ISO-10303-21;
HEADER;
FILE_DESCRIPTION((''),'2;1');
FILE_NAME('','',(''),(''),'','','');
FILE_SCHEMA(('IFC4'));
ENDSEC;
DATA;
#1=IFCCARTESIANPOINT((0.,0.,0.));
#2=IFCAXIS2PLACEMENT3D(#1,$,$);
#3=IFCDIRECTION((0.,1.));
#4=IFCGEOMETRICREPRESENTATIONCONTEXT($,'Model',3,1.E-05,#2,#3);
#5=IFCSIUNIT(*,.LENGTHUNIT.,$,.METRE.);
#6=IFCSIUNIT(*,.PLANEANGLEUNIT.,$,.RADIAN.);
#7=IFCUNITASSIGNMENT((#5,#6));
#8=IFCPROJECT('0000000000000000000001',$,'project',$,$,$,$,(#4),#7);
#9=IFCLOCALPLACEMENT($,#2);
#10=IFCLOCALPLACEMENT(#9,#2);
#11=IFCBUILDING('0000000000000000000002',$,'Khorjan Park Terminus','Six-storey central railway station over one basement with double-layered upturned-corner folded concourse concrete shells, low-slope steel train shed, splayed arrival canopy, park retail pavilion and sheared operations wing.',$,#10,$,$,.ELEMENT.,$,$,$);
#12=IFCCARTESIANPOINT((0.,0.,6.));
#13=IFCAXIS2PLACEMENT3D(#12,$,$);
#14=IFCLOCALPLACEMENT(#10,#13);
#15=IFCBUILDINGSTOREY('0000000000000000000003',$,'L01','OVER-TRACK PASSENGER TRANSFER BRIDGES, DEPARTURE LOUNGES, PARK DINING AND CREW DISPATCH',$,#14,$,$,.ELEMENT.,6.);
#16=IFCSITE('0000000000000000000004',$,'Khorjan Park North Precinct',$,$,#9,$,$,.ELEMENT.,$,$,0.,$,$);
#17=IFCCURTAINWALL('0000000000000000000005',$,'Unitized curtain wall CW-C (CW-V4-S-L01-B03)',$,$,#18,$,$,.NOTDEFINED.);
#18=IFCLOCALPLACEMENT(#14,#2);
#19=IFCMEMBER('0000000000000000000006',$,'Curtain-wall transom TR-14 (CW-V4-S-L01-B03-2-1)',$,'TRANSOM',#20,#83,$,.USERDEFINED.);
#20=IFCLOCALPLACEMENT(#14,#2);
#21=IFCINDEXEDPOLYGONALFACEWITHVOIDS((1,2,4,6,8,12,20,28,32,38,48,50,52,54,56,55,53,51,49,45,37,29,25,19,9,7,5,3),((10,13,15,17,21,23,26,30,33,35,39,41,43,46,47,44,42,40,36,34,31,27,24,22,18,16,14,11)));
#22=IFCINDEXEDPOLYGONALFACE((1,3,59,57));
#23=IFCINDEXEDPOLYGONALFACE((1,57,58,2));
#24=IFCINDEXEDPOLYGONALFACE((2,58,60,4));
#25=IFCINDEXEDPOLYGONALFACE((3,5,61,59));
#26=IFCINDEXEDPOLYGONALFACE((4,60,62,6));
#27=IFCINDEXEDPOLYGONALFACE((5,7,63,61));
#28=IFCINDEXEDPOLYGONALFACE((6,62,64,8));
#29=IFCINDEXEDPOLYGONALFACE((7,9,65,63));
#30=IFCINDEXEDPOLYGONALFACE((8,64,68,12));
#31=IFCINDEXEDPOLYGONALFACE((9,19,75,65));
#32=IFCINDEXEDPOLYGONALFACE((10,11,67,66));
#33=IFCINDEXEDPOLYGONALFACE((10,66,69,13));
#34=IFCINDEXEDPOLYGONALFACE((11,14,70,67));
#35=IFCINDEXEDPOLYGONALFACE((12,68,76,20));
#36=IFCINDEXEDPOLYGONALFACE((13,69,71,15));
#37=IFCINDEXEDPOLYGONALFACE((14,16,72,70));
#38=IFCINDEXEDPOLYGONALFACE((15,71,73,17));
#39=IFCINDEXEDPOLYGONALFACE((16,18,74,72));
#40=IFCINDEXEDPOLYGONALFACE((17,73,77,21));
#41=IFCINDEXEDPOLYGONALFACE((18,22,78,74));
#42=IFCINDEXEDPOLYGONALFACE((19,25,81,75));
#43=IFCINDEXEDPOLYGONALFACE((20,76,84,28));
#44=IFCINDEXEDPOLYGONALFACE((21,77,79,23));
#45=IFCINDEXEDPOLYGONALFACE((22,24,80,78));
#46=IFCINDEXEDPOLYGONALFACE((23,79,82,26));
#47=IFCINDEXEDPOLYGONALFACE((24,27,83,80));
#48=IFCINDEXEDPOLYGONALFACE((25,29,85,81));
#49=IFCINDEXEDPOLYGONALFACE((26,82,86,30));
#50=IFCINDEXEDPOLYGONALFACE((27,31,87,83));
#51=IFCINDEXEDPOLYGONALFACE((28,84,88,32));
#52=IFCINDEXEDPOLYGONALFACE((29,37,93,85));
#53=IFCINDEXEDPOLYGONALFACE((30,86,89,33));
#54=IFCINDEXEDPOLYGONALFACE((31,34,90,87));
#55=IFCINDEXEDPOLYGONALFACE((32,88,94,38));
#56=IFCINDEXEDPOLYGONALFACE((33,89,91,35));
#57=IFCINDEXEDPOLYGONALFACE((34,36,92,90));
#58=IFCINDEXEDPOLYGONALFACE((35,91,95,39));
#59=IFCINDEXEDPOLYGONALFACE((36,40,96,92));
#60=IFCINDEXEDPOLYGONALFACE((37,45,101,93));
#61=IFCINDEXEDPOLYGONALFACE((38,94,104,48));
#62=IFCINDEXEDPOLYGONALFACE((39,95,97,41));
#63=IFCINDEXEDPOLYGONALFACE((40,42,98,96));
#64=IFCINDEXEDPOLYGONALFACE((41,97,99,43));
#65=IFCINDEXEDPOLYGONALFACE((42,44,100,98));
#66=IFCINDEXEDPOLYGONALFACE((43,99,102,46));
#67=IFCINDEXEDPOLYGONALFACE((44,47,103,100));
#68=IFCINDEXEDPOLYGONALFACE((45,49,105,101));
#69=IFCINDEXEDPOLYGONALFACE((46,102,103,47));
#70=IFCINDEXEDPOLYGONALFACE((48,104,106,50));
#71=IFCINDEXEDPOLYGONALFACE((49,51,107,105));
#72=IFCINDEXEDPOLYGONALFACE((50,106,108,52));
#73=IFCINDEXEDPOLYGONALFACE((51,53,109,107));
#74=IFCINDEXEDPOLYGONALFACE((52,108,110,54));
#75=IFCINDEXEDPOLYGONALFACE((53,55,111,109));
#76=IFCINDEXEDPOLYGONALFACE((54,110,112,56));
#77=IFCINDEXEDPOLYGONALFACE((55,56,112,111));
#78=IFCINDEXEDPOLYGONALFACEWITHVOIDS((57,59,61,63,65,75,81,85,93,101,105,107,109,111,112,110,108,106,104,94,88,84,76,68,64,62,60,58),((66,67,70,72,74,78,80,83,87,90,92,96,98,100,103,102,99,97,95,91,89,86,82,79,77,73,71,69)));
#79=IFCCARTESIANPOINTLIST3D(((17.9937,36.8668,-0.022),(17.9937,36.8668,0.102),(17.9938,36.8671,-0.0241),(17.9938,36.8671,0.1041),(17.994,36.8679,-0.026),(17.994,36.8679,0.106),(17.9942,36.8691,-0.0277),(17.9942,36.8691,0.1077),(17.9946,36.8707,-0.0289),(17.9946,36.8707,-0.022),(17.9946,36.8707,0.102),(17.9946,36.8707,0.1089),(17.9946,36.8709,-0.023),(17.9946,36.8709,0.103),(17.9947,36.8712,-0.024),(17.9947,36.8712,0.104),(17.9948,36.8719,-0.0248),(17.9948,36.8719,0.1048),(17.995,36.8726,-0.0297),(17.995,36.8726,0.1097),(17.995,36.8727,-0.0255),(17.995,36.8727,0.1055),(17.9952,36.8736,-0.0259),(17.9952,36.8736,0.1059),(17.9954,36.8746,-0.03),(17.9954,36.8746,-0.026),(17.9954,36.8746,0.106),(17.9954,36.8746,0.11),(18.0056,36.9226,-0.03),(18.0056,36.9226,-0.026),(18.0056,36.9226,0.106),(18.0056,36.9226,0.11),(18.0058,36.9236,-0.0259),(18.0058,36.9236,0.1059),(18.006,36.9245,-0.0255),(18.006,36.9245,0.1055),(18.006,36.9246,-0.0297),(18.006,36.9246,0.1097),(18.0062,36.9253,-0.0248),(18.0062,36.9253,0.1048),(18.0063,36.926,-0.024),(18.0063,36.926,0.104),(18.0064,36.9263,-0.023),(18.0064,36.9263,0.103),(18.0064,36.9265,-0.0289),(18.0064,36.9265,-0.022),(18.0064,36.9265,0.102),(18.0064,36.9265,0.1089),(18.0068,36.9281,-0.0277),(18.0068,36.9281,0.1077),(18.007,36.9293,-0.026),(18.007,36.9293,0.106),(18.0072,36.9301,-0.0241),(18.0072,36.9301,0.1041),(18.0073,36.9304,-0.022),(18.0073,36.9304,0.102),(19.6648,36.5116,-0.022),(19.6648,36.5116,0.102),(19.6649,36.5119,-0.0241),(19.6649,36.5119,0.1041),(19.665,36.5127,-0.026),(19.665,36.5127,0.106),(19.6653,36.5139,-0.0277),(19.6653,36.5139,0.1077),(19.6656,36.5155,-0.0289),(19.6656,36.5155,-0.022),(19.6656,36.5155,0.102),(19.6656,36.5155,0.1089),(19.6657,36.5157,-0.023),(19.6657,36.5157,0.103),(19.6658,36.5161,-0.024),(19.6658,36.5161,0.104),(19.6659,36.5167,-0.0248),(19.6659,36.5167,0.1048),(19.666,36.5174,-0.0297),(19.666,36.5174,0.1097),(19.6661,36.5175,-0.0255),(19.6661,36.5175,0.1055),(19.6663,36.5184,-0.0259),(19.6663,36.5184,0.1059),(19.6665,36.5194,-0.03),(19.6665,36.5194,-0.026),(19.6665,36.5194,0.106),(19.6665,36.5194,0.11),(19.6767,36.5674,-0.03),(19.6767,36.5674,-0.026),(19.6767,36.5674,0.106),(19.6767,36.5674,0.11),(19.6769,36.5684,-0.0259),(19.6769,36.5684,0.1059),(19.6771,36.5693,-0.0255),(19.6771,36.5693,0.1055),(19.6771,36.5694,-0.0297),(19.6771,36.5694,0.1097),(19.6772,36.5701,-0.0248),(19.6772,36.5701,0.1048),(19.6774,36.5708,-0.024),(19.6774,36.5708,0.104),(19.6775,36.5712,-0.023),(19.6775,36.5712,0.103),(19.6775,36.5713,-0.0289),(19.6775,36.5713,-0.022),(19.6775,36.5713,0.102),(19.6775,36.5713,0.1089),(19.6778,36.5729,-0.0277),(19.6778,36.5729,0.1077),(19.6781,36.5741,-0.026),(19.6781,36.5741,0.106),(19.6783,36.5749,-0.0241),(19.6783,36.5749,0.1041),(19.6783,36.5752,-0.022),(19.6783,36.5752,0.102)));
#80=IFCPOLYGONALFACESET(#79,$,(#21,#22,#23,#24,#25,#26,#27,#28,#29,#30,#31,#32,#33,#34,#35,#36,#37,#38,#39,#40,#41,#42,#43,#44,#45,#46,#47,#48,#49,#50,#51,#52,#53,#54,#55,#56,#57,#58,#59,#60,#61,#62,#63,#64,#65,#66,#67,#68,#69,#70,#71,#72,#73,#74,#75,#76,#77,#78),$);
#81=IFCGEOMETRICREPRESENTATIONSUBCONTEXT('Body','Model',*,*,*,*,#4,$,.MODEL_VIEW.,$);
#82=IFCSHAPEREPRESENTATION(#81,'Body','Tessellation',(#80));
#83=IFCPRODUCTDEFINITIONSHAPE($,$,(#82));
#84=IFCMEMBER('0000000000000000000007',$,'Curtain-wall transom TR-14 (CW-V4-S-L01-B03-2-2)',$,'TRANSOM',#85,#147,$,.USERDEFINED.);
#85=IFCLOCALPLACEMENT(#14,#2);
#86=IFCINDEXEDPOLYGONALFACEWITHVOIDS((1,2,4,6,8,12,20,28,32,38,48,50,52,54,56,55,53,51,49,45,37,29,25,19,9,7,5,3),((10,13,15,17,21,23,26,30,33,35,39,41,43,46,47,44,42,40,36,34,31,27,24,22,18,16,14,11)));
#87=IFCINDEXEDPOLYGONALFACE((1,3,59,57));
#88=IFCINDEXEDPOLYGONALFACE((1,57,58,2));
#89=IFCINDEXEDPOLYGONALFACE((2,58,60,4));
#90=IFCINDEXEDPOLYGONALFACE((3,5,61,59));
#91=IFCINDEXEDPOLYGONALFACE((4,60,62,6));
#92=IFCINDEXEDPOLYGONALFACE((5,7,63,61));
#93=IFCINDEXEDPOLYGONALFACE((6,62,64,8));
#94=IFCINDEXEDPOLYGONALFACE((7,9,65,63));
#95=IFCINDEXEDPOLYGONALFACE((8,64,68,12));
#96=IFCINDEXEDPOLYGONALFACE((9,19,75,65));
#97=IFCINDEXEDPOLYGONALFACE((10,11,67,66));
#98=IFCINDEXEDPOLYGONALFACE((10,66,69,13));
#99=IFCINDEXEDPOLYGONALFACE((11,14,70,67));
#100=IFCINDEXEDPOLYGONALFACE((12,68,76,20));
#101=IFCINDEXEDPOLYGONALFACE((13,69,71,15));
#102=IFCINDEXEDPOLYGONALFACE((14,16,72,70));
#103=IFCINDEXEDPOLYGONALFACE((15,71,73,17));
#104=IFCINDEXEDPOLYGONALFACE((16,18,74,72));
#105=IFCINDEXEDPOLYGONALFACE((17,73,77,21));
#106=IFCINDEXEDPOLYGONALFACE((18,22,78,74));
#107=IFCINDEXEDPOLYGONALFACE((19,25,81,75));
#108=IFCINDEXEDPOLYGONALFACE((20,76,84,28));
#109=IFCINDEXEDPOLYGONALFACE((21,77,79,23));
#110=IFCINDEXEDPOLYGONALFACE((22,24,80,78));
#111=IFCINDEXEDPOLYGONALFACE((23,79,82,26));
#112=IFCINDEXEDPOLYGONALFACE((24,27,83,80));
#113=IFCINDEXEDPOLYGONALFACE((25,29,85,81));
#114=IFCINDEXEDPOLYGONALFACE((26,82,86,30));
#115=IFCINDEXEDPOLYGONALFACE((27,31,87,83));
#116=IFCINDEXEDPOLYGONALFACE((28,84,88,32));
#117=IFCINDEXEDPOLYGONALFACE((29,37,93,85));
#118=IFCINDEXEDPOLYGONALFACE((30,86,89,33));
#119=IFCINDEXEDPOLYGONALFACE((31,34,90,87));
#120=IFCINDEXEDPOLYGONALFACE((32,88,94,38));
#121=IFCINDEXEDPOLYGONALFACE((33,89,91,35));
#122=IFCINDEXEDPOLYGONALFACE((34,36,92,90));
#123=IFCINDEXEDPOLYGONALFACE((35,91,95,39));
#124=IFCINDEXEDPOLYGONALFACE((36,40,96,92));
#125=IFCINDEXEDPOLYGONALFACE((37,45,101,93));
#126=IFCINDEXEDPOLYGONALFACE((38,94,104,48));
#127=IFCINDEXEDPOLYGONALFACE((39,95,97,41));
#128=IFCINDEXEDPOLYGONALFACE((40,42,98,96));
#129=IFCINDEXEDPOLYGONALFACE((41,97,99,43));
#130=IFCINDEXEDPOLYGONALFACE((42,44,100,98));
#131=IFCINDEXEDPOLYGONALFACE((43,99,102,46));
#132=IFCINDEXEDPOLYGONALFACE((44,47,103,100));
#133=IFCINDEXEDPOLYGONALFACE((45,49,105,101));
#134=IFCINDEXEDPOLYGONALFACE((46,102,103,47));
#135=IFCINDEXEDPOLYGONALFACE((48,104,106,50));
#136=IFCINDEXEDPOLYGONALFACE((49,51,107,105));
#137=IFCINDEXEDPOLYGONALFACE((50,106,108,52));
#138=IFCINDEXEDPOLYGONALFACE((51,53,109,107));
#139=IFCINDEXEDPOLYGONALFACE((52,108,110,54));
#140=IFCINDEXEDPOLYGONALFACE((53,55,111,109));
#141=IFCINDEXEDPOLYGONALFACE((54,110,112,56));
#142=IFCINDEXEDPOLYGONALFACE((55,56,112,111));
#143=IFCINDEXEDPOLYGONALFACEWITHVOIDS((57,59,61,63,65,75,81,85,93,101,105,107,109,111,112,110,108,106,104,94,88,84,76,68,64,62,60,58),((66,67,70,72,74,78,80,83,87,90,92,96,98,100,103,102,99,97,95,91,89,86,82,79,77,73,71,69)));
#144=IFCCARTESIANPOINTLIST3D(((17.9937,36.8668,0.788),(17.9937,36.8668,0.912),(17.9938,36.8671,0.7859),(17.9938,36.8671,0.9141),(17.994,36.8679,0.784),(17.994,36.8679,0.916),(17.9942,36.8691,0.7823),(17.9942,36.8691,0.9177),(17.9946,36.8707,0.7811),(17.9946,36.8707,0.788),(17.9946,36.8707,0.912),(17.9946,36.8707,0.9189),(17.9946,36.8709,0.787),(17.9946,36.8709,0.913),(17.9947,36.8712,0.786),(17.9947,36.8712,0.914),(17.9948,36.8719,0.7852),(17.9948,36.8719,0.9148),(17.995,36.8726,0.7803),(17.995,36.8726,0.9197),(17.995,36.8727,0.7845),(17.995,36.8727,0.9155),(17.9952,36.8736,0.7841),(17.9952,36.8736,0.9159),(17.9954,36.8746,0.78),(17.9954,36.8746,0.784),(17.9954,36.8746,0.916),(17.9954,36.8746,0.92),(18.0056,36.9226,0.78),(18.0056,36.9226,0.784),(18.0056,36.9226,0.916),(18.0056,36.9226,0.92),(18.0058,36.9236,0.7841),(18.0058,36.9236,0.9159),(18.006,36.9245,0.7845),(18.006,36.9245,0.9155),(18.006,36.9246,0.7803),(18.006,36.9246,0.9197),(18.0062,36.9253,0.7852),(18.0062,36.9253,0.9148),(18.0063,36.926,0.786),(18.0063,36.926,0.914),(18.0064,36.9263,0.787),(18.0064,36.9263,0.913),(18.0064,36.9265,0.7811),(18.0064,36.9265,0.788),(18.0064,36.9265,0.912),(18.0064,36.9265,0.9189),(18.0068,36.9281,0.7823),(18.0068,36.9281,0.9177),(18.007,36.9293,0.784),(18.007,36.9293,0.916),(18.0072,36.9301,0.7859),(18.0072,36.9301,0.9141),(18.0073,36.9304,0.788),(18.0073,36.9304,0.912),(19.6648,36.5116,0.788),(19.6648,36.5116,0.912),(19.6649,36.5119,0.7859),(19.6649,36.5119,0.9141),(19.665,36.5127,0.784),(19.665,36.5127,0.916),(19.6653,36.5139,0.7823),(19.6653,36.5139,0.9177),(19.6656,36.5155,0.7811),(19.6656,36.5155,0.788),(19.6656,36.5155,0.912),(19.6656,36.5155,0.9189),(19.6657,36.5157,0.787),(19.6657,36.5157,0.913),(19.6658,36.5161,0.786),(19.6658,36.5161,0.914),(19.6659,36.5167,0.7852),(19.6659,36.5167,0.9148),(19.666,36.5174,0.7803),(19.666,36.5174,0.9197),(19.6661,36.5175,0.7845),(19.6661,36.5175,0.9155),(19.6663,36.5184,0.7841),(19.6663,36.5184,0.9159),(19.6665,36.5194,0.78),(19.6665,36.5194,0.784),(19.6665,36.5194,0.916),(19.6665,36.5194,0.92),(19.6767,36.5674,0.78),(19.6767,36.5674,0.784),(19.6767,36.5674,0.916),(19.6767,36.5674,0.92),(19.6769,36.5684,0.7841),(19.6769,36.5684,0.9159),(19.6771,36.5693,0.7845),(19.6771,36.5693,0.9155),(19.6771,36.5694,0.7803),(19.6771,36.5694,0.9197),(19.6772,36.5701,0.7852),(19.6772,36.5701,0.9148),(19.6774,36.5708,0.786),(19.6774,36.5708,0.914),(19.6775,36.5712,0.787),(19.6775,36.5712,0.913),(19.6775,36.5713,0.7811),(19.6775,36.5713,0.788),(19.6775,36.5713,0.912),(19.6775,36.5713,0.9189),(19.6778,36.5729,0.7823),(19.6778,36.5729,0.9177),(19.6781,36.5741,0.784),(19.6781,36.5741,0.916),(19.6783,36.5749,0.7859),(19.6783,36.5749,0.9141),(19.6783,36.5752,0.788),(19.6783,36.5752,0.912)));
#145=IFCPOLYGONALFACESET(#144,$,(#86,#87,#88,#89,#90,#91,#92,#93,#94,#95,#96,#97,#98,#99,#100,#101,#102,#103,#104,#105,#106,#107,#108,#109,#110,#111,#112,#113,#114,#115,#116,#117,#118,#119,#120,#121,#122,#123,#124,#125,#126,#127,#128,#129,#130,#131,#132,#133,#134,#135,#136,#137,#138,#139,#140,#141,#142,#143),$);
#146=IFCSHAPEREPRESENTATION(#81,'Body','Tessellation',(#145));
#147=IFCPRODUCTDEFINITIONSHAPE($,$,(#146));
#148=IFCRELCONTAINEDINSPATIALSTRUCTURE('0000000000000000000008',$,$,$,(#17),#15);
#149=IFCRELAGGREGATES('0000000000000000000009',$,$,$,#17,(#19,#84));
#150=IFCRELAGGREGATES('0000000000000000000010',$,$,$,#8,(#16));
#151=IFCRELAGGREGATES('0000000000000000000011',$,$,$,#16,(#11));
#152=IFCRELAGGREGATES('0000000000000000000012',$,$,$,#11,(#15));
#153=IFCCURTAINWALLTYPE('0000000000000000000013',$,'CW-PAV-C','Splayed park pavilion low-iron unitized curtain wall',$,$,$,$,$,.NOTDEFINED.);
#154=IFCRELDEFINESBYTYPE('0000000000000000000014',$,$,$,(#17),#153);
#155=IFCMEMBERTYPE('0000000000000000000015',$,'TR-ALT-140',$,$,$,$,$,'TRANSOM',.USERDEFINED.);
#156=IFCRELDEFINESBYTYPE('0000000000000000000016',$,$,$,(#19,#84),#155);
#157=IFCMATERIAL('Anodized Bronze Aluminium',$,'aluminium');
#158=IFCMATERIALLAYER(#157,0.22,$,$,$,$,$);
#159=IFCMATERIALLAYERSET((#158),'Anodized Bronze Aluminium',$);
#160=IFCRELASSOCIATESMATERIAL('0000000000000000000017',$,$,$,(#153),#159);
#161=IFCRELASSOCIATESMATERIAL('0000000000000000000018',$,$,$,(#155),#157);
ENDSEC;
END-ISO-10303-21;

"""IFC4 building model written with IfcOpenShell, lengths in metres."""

from ifc_helpers import new_model, si_unit, direction, frame, origin, origin_2d, place, context, subcontext, project, spatial, hollow_rectangle, extrude, material, layer, layer_set, material_profile, profile_set, type_object, element, aggregate, save


model = new_model("IFC4")

# Units and contexts
model_context = context("Model", 3, precision=1e-05, world=origin(), true_north=direction((0.0, 1.0)))
body_context = subcontext(model_context, "Body", "Model", "MODEL_VIEW")
ifc_project = project(units=[si_unit("LENGTHUNIT", "METRE"), si_unit("PLANEANGLEUNIT", "RADIAN")], contexts=[model_context])

# Site, building, storey
site_placement = place(None, origin())
site = spatial("IfcSite", under=ifc_project, at=site_placement, Name="Khorjan Park North Precinct", CompositionType="ELEMENT", RefElevation=0.0)
building_placement = place(site_placement, origin())
building = spatial("IfcBuilding", under=site, at=building_placement, Name="Khorjan Park Terminus", Description="Six-storey central railway station over one basement with double-layered upturned-corner folded concourse concrete shells, low-slope steel train shed, splayed arrival canopy, park retail pavilion and sheared operations wing.", CompositionType="ELEMENT")
storey_placement = place(building_placement, frame((0.0, 0.0, 6.0)))
storey = spatial("IfcBuildingStorey", under=building, at=storey_placement, Name="L01", Description="OVER-TRACK PASSENGER TRANSFER BRIDGES, DEPARTURE LOUNGES, PARK DINING AND CREW DISPATCH", CompositionType="ELEMENT", Elevation=6.0)

# Curtain wall
ifc_material_1 = material(Name="Anodized Bronze Aluminium", Category="aluminium")
ifc_layer_1 = layer(ifc_material_1, 0.22)
ifc_layer_set_1 = layer_set([ifc_layer_1], Name="Anodized Bronze Aluminium")
curtain_wall_type = type_object("IfcCurtainWallType", Name="CW-PAV-C", Description="Splayed park pavilion low-iron unitized curtain wall", PredefinedType="NOTDEFINED", material=ifc_layer_set_1)
curtain_wall_1_placement = place(storey_placement, origin())
curtain_wall_1 = element("IfcCurtainWall", 1, at=curtain_wall_1_placement, inside=storey, type_object=curtain_wall_type, Name="Unitized curtain wall CW-C (CW-V4-S-L01-B03)", PredefinedType="NOTDEFINED")

# Members
ifc_material_profile_1 = material_profile(ifc_material_1, hollow_rectangle(XDim=0.065, YDim=0.14, WallThickness=0.004, InnerFilletRadius=0.004, OuterFilletRadius=0.008, at=origin_2d()), Name="ALT 65x140x4")
ifc_profile_set_1 = profile_set([ifc_material_profile_1], Name="Anodized Bronze Aluminium")
member_type_1 = type_object("IfcMemberType", Name="TR-ALT-140", ElementType="TRANSOM", PredefinedType="USERDEFINED", material=ifc_profile_set_1)
member_1_placement = place(storey_placement, frame((18.0005, 36.8986, 0.04), z_axis=(0.978148, -0.20791, 0.0), x_axis=(0.20791, 0.978148, 0.0)))
member_1 = element("IfcMember", 2, at=member_1_placement, type_object=member_type_1, Name="Curtain-wall transom TR-14 (CW-V4-S-L01-B03-2-1)", ObjectType="TRANSOM", PredefinedType="USERDEFINED", context=body_context, shape_type="SweptSolid", body=[
    extrude(hollow_rectangle(XDim=0.065, YDim=0.14, WallThickness=0.004, InnerFilletRadius=0.004, OuterFilletRadius=0.008, at=origin_2d()), origin(), (0.0, 0.0, 1.0), 1.7084),
])
member_2_placement = place(storey_placement, frame((18.0005, 36.8986, 0.85), z_axis=(0.978148, -0.20791, 0.0), x_axis=(0.20791, 0.978148, 0.0)))
member_2 = element("IfcMember", 3, at=member_2_placement, type_object=member_type_1, Name="Curtain-wall transom TR-14 (CW-V4-S-L01-B03-2-2)", ObjectType="TRANSOM", PredefinedType="USERDEFINED", context=body_context, shape_type="SweptSolid", body=[
    extrude(hollow_rectangle(XDim=0.065, YDim=0.14, WallThickness=0.004, InnerFilletRadius=0.004, OuterFilletRadius=0.008, at=origin_2d()), origin(), (0.0, 0.0, 1.0), 1.7084),
])

aggregate(curtain_wall_1, [member_1, member_2])

save(model, "model.ifc")
